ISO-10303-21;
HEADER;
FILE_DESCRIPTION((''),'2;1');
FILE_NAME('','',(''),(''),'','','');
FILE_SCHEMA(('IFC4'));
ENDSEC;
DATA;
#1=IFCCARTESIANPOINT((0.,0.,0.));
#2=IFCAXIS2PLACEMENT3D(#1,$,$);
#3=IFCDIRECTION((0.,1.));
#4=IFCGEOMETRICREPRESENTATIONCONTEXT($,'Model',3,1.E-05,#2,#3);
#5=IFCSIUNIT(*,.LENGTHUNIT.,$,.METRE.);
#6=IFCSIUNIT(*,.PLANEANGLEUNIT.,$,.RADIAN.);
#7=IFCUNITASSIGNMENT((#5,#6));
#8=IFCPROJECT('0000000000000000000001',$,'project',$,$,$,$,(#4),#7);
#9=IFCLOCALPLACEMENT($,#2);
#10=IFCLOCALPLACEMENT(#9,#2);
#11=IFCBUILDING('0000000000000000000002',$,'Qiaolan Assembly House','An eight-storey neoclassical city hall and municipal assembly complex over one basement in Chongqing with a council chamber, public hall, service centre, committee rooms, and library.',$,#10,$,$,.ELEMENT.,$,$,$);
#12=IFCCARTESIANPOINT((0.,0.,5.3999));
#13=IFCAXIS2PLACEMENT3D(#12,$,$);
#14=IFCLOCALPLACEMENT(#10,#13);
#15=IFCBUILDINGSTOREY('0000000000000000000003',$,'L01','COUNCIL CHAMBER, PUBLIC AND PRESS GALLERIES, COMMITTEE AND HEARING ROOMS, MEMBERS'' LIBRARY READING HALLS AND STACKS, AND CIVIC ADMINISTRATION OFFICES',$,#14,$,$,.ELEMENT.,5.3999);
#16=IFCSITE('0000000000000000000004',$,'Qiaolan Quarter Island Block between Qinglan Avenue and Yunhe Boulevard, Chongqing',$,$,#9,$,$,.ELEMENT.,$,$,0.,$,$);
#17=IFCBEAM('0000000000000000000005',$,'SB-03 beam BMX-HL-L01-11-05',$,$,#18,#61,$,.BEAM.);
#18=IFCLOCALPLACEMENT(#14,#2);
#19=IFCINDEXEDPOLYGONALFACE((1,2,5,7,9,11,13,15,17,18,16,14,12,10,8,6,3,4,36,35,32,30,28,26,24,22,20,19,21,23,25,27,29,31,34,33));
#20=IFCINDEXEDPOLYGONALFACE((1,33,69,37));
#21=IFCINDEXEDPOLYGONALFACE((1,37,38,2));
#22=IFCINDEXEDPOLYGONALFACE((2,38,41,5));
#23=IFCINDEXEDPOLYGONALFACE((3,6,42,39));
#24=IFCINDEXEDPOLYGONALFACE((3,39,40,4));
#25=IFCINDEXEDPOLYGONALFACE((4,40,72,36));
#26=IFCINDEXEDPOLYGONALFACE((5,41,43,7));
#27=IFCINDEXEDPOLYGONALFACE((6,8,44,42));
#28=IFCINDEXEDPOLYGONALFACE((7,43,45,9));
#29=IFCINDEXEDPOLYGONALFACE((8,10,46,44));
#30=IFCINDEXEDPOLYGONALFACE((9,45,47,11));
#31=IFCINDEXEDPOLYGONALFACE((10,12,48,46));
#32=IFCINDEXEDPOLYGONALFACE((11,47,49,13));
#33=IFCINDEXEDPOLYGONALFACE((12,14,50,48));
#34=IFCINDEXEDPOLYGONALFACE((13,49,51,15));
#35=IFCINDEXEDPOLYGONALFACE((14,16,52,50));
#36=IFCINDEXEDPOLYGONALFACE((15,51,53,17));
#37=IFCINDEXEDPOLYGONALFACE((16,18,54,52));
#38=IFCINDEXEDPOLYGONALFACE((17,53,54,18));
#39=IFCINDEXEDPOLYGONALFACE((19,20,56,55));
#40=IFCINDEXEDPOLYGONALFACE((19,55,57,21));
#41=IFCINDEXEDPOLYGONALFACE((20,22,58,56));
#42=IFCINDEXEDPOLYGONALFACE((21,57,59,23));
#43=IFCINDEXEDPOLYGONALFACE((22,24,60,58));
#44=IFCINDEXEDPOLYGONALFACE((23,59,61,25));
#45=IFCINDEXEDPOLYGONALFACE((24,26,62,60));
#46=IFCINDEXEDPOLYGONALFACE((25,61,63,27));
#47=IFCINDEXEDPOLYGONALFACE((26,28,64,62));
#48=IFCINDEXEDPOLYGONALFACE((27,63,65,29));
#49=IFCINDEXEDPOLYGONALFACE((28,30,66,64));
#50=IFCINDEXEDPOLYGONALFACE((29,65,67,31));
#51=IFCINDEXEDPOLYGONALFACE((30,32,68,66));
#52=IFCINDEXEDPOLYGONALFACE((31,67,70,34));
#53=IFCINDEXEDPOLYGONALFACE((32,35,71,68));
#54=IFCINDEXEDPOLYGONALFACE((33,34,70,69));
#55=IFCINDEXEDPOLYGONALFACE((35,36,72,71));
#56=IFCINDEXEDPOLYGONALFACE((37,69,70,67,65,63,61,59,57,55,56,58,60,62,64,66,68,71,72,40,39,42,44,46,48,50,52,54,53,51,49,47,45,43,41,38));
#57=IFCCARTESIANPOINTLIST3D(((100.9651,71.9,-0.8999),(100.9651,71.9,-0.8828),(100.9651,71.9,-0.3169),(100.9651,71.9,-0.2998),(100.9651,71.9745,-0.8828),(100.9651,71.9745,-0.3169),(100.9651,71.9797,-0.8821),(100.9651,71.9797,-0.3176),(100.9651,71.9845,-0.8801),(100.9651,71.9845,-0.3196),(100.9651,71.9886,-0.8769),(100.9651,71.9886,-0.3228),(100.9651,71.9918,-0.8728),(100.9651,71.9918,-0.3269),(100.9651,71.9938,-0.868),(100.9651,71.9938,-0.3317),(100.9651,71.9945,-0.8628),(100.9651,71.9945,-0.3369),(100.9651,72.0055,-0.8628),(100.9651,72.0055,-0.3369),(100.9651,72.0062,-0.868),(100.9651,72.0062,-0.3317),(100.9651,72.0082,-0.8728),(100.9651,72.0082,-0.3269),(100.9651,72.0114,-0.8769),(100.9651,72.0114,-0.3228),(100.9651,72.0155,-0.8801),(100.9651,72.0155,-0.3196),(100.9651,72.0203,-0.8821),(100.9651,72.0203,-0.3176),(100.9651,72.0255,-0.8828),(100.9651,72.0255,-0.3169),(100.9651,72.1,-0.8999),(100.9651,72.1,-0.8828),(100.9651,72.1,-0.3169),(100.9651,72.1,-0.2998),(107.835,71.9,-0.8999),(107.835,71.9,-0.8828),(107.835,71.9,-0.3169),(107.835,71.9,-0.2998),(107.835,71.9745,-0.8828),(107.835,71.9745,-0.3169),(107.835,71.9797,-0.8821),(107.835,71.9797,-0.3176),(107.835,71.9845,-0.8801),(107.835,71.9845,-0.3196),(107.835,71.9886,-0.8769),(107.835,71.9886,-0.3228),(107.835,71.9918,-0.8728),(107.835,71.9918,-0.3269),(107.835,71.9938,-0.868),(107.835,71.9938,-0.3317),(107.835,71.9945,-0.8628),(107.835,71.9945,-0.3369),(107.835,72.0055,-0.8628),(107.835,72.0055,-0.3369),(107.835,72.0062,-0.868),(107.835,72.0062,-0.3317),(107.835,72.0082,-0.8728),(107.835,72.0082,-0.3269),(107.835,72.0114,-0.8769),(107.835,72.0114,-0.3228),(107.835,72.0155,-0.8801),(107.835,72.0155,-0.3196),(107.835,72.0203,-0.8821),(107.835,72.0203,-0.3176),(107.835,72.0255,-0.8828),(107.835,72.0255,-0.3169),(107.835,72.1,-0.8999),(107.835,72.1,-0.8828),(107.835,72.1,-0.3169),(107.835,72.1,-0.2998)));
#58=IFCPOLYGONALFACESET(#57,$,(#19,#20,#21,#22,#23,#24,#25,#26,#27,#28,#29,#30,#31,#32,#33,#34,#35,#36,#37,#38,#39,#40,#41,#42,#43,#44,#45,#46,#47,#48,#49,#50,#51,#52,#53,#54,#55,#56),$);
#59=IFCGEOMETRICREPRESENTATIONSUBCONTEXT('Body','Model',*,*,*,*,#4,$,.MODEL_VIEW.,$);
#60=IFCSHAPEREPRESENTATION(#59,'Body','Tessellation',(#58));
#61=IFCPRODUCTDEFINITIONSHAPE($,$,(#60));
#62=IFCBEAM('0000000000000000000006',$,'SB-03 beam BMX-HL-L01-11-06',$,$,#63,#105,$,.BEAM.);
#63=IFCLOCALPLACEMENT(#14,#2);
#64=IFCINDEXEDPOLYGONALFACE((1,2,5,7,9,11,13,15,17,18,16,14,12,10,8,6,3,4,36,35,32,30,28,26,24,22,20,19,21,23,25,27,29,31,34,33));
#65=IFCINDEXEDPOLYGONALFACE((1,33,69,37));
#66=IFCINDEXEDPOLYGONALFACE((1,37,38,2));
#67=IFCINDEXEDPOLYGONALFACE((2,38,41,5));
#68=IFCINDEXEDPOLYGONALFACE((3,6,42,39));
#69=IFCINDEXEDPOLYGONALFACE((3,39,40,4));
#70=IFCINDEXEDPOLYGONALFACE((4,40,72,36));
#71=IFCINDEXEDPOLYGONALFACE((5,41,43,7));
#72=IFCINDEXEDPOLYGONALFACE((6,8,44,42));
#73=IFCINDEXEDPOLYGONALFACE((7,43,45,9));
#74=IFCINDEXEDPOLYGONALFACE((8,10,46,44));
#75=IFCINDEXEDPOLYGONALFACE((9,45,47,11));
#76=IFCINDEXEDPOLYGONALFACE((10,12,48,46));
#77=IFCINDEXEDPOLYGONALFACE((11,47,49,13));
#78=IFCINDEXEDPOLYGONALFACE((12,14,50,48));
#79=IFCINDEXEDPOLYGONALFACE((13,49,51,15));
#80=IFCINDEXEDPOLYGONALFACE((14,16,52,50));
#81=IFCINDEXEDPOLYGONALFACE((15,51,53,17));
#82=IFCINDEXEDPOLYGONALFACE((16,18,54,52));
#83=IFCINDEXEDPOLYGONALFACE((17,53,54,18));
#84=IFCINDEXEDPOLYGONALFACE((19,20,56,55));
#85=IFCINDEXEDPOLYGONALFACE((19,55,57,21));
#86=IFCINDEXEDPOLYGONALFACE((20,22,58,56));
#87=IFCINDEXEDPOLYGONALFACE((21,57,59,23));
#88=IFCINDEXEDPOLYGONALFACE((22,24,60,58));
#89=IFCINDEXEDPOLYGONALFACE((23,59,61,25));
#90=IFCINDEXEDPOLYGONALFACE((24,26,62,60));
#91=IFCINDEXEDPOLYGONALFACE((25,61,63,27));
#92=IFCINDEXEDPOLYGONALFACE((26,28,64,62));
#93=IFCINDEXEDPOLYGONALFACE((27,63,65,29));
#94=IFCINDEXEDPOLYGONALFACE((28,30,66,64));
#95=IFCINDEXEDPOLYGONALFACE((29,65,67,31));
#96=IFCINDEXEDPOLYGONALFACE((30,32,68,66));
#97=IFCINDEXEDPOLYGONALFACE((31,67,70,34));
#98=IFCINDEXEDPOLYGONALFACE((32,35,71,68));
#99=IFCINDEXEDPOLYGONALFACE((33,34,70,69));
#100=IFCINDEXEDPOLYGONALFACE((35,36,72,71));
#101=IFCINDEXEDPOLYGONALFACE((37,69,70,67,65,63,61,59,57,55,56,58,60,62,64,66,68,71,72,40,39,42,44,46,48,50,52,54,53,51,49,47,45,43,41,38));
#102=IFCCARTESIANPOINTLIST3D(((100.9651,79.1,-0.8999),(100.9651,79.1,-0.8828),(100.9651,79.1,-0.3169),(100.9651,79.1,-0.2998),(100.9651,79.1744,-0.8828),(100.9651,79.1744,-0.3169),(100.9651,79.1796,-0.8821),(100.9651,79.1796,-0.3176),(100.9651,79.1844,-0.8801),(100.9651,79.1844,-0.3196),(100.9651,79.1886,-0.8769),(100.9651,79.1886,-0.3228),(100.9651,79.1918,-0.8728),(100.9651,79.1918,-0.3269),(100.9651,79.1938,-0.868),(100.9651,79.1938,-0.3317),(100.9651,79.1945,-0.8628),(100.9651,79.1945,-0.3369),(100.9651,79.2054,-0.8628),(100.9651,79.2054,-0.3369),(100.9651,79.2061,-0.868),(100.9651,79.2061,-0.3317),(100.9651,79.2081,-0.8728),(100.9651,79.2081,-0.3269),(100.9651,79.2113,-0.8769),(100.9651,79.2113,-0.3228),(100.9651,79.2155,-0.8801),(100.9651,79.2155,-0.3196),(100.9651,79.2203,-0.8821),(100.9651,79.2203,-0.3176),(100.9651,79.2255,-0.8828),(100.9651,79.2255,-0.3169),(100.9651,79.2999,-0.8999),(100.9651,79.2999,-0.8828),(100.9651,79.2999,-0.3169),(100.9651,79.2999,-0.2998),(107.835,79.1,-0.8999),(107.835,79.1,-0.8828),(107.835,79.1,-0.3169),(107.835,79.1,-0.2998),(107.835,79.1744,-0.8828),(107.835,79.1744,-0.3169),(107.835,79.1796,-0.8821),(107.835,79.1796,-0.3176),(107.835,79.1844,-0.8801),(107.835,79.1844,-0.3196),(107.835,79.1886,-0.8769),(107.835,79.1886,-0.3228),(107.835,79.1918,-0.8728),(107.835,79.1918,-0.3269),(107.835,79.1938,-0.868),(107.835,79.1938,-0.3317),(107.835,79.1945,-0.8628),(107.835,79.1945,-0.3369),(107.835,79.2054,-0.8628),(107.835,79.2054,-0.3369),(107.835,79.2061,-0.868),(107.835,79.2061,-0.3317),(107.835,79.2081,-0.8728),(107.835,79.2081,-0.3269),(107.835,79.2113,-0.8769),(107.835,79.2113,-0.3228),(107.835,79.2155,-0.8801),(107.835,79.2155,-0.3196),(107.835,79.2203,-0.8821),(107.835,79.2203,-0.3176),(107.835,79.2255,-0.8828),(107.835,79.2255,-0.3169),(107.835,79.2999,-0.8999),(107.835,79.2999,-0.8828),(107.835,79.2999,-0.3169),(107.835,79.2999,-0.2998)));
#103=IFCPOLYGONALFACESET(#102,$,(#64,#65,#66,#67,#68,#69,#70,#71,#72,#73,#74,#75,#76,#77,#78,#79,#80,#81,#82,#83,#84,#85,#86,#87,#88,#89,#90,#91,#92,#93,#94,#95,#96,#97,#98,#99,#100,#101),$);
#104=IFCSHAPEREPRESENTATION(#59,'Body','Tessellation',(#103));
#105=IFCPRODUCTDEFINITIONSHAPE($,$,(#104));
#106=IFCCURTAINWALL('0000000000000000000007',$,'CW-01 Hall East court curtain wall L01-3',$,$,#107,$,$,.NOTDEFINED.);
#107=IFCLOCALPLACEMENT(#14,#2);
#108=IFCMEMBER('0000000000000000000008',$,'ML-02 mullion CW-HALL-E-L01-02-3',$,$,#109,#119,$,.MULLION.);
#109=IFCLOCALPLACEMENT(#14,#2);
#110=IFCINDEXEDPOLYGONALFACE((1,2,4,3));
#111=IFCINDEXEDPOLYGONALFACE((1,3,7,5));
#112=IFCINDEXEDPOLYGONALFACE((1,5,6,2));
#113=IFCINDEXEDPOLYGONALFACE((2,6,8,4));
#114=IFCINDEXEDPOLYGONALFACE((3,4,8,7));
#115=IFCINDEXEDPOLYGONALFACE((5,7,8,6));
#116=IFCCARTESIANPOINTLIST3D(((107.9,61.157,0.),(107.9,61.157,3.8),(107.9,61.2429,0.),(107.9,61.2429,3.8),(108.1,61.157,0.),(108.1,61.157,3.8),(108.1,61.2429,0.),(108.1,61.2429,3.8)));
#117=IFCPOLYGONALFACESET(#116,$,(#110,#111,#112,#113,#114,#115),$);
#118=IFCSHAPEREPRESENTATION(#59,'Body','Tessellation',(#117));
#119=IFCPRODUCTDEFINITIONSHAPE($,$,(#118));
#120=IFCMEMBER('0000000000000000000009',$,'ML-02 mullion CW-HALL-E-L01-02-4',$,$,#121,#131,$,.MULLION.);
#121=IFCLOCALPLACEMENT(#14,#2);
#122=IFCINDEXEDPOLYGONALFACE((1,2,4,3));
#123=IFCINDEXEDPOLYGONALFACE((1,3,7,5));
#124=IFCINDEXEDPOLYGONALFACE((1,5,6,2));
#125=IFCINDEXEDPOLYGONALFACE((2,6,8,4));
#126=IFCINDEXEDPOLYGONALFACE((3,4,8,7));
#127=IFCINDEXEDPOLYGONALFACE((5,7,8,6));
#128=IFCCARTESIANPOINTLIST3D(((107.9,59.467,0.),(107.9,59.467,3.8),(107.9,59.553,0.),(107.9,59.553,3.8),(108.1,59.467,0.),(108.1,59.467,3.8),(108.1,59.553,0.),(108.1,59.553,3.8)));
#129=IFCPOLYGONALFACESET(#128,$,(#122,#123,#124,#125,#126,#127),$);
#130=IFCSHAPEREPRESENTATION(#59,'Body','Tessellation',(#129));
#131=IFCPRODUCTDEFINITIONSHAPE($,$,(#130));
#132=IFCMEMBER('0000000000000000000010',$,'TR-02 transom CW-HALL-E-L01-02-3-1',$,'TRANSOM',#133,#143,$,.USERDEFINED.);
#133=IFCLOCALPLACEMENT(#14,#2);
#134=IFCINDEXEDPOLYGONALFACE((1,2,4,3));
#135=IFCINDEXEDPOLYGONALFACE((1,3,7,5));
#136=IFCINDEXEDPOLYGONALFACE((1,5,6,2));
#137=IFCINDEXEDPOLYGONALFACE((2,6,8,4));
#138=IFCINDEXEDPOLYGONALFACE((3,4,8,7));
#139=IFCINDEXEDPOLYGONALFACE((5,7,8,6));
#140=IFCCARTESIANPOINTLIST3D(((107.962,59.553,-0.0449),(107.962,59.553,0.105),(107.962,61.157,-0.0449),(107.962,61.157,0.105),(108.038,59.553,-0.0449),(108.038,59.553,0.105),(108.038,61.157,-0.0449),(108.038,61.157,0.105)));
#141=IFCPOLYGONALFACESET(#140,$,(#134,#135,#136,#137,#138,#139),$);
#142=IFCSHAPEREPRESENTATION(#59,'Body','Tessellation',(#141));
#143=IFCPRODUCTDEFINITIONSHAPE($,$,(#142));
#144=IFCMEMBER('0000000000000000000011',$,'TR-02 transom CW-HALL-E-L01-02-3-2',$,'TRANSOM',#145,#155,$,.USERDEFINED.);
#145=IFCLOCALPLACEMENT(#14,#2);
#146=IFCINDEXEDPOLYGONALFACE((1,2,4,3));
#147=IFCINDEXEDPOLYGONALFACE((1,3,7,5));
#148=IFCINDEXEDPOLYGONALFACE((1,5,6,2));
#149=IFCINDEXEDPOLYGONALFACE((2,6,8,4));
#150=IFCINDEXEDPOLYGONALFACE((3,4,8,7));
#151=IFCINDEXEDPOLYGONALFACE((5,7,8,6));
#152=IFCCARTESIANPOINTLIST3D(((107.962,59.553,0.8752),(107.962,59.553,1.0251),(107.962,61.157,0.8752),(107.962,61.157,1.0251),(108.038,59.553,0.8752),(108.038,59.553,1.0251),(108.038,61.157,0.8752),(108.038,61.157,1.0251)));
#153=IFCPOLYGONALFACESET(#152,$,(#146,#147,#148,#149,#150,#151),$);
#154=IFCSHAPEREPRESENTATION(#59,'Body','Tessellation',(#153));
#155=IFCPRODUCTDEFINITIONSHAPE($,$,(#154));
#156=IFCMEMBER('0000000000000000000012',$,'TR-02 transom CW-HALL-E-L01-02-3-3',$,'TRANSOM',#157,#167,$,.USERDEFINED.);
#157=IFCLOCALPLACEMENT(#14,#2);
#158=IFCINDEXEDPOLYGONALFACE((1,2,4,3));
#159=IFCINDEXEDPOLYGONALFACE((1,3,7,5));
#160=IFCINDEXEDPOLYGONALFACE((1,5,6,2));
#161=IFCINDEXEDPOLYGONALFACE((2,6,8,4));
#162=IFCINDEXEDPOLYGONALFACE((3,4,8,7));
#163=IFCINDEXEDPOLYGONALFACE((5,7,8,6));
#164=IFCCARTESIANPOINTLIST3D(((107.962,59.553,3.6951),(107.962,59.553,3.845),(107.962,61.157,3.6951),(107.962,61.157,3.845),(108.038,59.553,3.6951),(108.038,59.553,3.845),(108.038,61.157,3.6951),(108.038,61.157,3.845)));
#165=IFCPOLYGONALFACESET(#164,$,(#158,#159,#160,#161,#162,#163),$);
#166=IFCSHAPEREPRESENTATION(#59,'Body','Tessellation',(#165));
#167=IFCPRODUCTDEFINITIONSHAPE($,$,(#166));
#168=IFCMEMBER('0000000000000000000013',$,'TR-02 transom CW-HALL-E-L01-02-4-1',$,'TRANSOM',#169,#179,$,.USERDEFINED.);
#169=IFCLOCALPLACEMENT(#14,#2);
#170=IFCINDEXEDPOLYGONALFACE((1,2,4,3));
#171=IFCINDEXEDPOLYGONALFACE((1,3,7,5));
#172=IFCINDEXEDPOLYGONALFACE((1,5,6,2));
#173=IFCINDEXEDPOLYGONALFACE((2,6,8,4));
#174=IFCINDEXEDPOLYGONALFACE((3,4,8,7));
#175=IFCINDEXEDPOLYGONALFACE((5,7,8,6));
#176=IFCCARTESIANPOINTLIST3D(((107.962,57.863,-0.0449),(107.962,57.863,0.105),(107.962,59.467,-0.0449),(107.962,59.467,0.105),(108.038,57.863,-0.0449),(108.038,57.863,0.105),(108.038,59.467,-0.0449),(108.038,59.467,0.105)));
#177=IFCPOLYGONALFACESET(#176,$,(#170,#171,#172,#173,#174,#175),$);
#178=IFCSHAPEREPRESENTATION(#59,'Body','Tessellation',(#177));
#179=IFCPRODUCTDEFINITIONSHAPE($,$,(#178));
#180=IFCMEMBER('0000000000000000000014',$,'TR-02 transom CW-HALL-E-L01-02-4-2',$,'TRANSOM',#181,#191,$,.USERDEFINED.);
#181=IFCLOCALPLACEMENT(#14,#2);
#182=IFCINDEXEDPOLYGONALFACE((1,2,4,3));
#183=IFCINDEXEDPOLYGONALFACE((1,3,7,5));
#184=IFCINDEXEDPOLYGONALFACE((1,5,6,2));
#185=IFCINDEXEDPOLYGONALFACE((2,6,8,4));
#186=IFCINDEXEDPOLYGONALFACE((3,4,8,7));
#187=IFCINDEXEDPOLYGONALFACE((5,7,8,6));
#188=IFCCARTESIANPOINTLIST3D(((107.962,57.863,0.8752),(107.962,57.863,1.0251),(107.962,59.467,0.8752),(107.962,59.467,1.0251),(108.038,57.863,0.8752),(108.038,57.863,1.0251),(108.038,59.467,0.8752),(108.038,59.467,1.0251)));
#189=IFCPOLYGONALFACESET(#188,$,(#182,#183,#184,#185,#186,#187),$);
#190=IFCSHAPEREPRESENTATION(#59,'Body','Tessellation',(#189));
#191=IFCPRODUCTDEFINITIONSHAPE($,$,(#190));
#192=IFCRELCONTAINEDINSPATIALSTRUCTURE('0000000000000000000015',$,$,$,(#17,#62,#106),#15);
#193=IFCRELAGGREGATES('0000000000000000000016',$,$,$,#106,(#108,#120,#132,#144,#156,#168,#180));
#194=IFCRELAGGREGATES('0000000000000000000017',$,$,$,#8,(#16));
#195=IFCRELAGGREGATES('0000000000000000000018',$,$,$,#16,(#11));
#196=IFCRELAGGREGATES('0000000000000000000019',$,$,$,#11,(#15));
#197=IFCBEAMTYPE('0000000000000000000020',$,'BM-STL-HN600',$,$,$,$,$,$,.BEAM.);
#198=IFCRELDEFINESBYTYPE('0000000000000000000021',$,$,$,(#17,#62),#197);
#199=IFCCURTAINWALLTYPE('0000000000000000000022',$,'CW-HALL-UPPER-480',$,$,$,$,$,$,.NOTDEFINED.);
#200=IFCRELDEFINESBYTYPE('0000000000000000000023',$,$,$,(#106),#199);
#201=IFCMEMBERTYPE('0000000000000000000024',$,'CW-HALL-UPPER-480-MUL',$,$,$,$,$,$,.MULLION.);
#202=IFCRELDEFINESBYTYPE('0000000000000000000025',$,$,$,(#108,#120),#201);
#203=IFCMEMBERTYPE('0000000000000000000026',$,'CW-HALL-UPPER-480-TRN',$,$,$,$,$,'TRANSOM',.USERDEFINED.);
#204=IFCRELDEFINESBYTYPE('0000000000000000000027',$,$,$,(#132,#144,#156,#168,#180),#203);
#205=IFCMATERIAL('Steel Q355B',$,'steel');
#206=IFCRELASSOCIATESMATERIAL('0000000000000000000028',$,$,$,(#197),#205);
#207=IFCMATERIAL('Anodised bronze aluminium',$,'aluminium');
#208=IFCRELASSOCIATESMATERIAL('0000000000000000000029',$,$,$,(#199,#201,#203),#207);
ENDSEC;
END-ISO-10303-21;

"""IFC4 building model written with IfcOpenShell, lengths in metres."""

from ifc_helpers import new_model, si_unit, direction, frame, origin, origin_2d, place, context, subcontext, project, spatial, rectangle, i_section, extrude, material, material_profile, profile_set, type_object, element, aggregate, save


model = new_model("IFC4")

# Units and contexts
model_context = context("Model", 3, precision=1e-05, world=origin(), true_north=direction((0.0, 1.0)))
body_context = subcontext(model_context, "Body", "Model", "MODEL_VIEW")
ifc_project = project(units=[si_unit("LENGTHUNIT", "METRE"), si_unit("PLANEANGLEUNIT", "RADIAN")], contexts=[model_context])

# Site, building, storey
site_placement = place(None, origin())
site = spatial("IfcSite", under=ifc_project, at=site_placement, Name="Qiaolan Quarter Island Block between Qinglan Avenue and Yunhe Boulevard, Chongqing", CompositionType="ELEMENT", RefElevation=0.0)
building_placement = place(site_placement, origin())
building = spatial("IfcBuilding", under=site, at=building_placement, Name="Qiaolan Assembly House", Description="An eight-storey neoclassical city hall and municipal assembly complex over one basement in Chongqing with a council chamber, public hall, service centre, committee rooms, and library.", CompositionType="ELEMENT")
storey_placement = place(building_placement, frame((0.0, 0.0, 5.3999)))
storey = spatial("IfcBuildingStorey", under=building, at=storey_placement, Name="L01", Description="COUNCIL CHAMBER, PUBLIC AND PRESS GALLERIES, COMMITTEE AND HEARING ROOMS, MEMBERS' LIBRARY READING HALLS AND STACKS, AND CIVIC ADMINISTRATION OFFICES", CompositionType="ELEMENT", Elevation=5.3999)

# Shared definitions
ifc_material_1 = material(Name="Steel Q355B", Category="steel")

# Beams
ifc_material_profile_1 = material_profile(ifc_material_1, i_section(OverallWidth=0.2, OverallDepth=0.6001, WebThickness=0.011, FlangeThickness=0.0171, FilletRadius=0.02, at=origin_2d()), Name="HN 600x200x11x17")
ifc_profile_set_1 = profile_set([ifc_material_profile_1], Name="Steel Q355B")
beam_type_1 = type_object("IfcBeamType", Name="BM-STL-HN600", PredefinedType="BEAM", material=ifc_profile_set_1)
for number, where, z_axis, x_axis, name in (
    (1, (100.9651, 72.0, -0.5999), (1.0, 0.0, 0.0), (0.0, 1.0, 0.0), "SB-03 beam BMX-HL-L01-11-05"),
    (2, (100.9651, 79.2, -0.5999), (1.0, 0.0, 0.0), (0.0, 1.0, 0.0), "SB-03 beam BMX-HL-L01-11-06"),
):
    element("IfcBeam", number, at=place(storey_placement, frame(where, z_axis=z_axis, x_axis=x_axis)), inside=storey, type_object=beam_type_1, Name=name, PredefinedType="BEAM", context=body_context, shape_type="SweptSolid", body=[
        extrude(i_section(OverallWidth=0.2, OverallDepth=0.6001, WebThickness=0.011, FlangeThickness=0.0171, FilletRadius=0.02, at=origin_2d()), origin(), (0.0, 0.0, 1.0), 6.8699),
    ])

# Curtain wall, members
ifc_material_2 = material(Name="Anodised bronze aluminium", Category="aluminium")
curtain_wall_type = type_object("IfcCurtainWallType", Name="CW-HALL-UPPER-480", PredefinedType="NOTDEFINED", material=ifc_material_2)
curtain_wall_placement = place(storey_placement, origin())
curtain_wall = element("IfcCurtainWall", 3, at=curtain_wall_placement, inside=storey, type_object=curtain_wall_type, Name="CW-01 Hall East court curtain wall L01-3", PredefinedType="NOTDEFINED")
ifc_material_profile_2 = material_profile(ifc_material_2, rectangle(XDim=0.0859, YDim=0.2, at=origin_2d()), Name="MUL 86x200")
ifc_profile_set_2 = profile_set([ifc_material_profile_2], Name="Anodised bronze aluminium")
member_type_1 = type_object("IfcMemberType", Name="CW-HALL-UPPER-480-MUL", PredefinedType="MULLION", material=ifc_profile_set_2)
member_1_placement = place(storey_placement, frame((108.0, 61.2, 0.0), z_axis=(0.0, 0.0, 1.0), x_axis=(0.0, -1.0, 0.0)))
member_1 = element("IfcMember", 4, at=member_1_placement, type_object=member_type_1, Name="ML-02 mullion CW-HALL-E-L01-02-3", PredefinedType="MULLION", context=body_context, shape_type="SweptSolid", body=[
    extrude(rectangle(XDim=0.0859, YDim=0.2, at=origin_2d()), origin(), (0.0, 0.0, 1.0), 3.8),
])
member_2_placement = place(storey_placement, frame((108.0, 59.51, 0.0), z_axis=(0.0, 0.0, 1.0), x_axis=(0.0, -1.0, 0.0)))
member_2 = element("IfcMember", 5, at=member_2_placement, type_object=member_type_1, Name="ML-02 mullion CW-HALL-E-L01-02-4", PredefinedType="MULLION", context=body_context, shape_type="SweptSolid", body=[
    extrude(rectangle(XDim=0.0859, YDim=0.2, at=origin_2d()), origin(), (0.0, 0.0, 1.0), 3.8),
])
ifc_material_profile_3 = material_profile(ifc_material_2, rectangle(XDim=0.0759, YDim=0.1499, at=origin_2d()), Name="TRN 76x150")
ifc_profile_set_3 = profile_set([ifc_material_profile_3], Name="Anodised bronze aluminium")
member_type_2 = type_object("IfcMemberType", Name="CW-HALL-UPPER-480-TRN", ElementType="TRANSOM", PredefinedType="USERDEFINED", material=ifc_profile_set_3)
member_3_placement = place(storey_placement, frame((108.0, 61.157, 0.03), z_axis=(0.0, -1.0, 0.0), x_axis=(1.0, 0.0, 0.0)))
member_3 = element("IfcMember", 6, at=member_3_placement, type_object=member_type_2, Name="TR-02 transom CW-HALL-E-L01-02-3-1", ObjectType="TRANSOM", PredefinedType="USERDEFINED", context=body_context, shape_type="SweptSolid", body=[
    extrude(rectangle(XDim=0.0759, YDim=0.1499, at=origin_2d()), origin(), (0.0, 0.0, 1.0), 1.604),
])
member_4_placement = place(storey_placement, frame((108.0, 61.157, 0.9502), z_axis=(0.0, -1.0, 0.0), x_axis=(1.0, 0.0, 0.0)))
member_4 = element("IfcMember", 7, at=member_4_placement, type_object=member_type_2, Name="TR-02 transom CW-HALL-E-L01-02-3-2", ObjectType="TRANSOM", PredefinedType="USERDEFINED", context=body_context, shape_type="SweptSolid", body=[
    extrude(rectangle(XDim=0.0759, YDim=0.1499, at=origin_2d()), origin(), (0.0, 0.0, 1.0), 1.604),
])
member_5_placement = place(storey_placement, frame((108.0, 61.157, 3.77), z_axis=(0.0, -1.0, 0.0), x_axis=(1.0, 0.0, 0.0)))
member_5 = element("IfcMember", 8, at=member_5_placement, type_object=member_type_2, Name="TR-02 transom CW-HALL-E-L01-02-3-3", ObjectType="TRANSOM", PredefinedType="USERDEFINED", context=body_context, shape_type="SweptSolid", body=[
    extrude(rectangle(XDim=0.0759, YDim=0.1499, at=origin_2d()), origin(), (0.0, 0.0, 1.0), 1.604),
])
member_6_placement = place(storey_placement, frame((108.0, 59.467, 0.03), z_axis=(0.0, -1.0, 0.0), x_axis=(1.0, 0.0, 0.0)))
member_6 = element("IfcMember", 9, at=member_6_placement, type_object=member_type_2, Name="TR-02 transom CW-HALL-E-L01-02-4-1", ObjectType="TRANSOM", PredefinedType="USERDEFINED", context=body_context, shape_type="SweptSolid", body=[
    extrude(rectangle(XDim=0.0759, YDim=0.1499, at=origin_2d()), origin(), (0.0, 0.0, 1.0), 1.604),
])
member_7_placement = place(storey_placement, frame((108.0, 59.467, 0.9502), z_axis=(0.0, -1.0, 0.0), x_axis=(1.0, 0.0, 0.0)))
member_7 = element("IfcMember", 10, at=member_7_placement, type_object=member_type_2, Name="TR-02 transom CW-HALL-E-L01-02-4-2", ObjectType="TRANSOM", PredefinedType="USERDEFINED", context=body_context, shape_type="SweptSolid", body=[
    extrude(rectangle(XDim=0.0759, YDim=0.1499, at=origin_2d()), origin(), (0.0, 0.0, 1.0), 1.604),
])

aggregate(curtain_wall, [member_1, member_2, member_3, member_4, member_5, member_6, member_7])

save(model, "model.ifc")
